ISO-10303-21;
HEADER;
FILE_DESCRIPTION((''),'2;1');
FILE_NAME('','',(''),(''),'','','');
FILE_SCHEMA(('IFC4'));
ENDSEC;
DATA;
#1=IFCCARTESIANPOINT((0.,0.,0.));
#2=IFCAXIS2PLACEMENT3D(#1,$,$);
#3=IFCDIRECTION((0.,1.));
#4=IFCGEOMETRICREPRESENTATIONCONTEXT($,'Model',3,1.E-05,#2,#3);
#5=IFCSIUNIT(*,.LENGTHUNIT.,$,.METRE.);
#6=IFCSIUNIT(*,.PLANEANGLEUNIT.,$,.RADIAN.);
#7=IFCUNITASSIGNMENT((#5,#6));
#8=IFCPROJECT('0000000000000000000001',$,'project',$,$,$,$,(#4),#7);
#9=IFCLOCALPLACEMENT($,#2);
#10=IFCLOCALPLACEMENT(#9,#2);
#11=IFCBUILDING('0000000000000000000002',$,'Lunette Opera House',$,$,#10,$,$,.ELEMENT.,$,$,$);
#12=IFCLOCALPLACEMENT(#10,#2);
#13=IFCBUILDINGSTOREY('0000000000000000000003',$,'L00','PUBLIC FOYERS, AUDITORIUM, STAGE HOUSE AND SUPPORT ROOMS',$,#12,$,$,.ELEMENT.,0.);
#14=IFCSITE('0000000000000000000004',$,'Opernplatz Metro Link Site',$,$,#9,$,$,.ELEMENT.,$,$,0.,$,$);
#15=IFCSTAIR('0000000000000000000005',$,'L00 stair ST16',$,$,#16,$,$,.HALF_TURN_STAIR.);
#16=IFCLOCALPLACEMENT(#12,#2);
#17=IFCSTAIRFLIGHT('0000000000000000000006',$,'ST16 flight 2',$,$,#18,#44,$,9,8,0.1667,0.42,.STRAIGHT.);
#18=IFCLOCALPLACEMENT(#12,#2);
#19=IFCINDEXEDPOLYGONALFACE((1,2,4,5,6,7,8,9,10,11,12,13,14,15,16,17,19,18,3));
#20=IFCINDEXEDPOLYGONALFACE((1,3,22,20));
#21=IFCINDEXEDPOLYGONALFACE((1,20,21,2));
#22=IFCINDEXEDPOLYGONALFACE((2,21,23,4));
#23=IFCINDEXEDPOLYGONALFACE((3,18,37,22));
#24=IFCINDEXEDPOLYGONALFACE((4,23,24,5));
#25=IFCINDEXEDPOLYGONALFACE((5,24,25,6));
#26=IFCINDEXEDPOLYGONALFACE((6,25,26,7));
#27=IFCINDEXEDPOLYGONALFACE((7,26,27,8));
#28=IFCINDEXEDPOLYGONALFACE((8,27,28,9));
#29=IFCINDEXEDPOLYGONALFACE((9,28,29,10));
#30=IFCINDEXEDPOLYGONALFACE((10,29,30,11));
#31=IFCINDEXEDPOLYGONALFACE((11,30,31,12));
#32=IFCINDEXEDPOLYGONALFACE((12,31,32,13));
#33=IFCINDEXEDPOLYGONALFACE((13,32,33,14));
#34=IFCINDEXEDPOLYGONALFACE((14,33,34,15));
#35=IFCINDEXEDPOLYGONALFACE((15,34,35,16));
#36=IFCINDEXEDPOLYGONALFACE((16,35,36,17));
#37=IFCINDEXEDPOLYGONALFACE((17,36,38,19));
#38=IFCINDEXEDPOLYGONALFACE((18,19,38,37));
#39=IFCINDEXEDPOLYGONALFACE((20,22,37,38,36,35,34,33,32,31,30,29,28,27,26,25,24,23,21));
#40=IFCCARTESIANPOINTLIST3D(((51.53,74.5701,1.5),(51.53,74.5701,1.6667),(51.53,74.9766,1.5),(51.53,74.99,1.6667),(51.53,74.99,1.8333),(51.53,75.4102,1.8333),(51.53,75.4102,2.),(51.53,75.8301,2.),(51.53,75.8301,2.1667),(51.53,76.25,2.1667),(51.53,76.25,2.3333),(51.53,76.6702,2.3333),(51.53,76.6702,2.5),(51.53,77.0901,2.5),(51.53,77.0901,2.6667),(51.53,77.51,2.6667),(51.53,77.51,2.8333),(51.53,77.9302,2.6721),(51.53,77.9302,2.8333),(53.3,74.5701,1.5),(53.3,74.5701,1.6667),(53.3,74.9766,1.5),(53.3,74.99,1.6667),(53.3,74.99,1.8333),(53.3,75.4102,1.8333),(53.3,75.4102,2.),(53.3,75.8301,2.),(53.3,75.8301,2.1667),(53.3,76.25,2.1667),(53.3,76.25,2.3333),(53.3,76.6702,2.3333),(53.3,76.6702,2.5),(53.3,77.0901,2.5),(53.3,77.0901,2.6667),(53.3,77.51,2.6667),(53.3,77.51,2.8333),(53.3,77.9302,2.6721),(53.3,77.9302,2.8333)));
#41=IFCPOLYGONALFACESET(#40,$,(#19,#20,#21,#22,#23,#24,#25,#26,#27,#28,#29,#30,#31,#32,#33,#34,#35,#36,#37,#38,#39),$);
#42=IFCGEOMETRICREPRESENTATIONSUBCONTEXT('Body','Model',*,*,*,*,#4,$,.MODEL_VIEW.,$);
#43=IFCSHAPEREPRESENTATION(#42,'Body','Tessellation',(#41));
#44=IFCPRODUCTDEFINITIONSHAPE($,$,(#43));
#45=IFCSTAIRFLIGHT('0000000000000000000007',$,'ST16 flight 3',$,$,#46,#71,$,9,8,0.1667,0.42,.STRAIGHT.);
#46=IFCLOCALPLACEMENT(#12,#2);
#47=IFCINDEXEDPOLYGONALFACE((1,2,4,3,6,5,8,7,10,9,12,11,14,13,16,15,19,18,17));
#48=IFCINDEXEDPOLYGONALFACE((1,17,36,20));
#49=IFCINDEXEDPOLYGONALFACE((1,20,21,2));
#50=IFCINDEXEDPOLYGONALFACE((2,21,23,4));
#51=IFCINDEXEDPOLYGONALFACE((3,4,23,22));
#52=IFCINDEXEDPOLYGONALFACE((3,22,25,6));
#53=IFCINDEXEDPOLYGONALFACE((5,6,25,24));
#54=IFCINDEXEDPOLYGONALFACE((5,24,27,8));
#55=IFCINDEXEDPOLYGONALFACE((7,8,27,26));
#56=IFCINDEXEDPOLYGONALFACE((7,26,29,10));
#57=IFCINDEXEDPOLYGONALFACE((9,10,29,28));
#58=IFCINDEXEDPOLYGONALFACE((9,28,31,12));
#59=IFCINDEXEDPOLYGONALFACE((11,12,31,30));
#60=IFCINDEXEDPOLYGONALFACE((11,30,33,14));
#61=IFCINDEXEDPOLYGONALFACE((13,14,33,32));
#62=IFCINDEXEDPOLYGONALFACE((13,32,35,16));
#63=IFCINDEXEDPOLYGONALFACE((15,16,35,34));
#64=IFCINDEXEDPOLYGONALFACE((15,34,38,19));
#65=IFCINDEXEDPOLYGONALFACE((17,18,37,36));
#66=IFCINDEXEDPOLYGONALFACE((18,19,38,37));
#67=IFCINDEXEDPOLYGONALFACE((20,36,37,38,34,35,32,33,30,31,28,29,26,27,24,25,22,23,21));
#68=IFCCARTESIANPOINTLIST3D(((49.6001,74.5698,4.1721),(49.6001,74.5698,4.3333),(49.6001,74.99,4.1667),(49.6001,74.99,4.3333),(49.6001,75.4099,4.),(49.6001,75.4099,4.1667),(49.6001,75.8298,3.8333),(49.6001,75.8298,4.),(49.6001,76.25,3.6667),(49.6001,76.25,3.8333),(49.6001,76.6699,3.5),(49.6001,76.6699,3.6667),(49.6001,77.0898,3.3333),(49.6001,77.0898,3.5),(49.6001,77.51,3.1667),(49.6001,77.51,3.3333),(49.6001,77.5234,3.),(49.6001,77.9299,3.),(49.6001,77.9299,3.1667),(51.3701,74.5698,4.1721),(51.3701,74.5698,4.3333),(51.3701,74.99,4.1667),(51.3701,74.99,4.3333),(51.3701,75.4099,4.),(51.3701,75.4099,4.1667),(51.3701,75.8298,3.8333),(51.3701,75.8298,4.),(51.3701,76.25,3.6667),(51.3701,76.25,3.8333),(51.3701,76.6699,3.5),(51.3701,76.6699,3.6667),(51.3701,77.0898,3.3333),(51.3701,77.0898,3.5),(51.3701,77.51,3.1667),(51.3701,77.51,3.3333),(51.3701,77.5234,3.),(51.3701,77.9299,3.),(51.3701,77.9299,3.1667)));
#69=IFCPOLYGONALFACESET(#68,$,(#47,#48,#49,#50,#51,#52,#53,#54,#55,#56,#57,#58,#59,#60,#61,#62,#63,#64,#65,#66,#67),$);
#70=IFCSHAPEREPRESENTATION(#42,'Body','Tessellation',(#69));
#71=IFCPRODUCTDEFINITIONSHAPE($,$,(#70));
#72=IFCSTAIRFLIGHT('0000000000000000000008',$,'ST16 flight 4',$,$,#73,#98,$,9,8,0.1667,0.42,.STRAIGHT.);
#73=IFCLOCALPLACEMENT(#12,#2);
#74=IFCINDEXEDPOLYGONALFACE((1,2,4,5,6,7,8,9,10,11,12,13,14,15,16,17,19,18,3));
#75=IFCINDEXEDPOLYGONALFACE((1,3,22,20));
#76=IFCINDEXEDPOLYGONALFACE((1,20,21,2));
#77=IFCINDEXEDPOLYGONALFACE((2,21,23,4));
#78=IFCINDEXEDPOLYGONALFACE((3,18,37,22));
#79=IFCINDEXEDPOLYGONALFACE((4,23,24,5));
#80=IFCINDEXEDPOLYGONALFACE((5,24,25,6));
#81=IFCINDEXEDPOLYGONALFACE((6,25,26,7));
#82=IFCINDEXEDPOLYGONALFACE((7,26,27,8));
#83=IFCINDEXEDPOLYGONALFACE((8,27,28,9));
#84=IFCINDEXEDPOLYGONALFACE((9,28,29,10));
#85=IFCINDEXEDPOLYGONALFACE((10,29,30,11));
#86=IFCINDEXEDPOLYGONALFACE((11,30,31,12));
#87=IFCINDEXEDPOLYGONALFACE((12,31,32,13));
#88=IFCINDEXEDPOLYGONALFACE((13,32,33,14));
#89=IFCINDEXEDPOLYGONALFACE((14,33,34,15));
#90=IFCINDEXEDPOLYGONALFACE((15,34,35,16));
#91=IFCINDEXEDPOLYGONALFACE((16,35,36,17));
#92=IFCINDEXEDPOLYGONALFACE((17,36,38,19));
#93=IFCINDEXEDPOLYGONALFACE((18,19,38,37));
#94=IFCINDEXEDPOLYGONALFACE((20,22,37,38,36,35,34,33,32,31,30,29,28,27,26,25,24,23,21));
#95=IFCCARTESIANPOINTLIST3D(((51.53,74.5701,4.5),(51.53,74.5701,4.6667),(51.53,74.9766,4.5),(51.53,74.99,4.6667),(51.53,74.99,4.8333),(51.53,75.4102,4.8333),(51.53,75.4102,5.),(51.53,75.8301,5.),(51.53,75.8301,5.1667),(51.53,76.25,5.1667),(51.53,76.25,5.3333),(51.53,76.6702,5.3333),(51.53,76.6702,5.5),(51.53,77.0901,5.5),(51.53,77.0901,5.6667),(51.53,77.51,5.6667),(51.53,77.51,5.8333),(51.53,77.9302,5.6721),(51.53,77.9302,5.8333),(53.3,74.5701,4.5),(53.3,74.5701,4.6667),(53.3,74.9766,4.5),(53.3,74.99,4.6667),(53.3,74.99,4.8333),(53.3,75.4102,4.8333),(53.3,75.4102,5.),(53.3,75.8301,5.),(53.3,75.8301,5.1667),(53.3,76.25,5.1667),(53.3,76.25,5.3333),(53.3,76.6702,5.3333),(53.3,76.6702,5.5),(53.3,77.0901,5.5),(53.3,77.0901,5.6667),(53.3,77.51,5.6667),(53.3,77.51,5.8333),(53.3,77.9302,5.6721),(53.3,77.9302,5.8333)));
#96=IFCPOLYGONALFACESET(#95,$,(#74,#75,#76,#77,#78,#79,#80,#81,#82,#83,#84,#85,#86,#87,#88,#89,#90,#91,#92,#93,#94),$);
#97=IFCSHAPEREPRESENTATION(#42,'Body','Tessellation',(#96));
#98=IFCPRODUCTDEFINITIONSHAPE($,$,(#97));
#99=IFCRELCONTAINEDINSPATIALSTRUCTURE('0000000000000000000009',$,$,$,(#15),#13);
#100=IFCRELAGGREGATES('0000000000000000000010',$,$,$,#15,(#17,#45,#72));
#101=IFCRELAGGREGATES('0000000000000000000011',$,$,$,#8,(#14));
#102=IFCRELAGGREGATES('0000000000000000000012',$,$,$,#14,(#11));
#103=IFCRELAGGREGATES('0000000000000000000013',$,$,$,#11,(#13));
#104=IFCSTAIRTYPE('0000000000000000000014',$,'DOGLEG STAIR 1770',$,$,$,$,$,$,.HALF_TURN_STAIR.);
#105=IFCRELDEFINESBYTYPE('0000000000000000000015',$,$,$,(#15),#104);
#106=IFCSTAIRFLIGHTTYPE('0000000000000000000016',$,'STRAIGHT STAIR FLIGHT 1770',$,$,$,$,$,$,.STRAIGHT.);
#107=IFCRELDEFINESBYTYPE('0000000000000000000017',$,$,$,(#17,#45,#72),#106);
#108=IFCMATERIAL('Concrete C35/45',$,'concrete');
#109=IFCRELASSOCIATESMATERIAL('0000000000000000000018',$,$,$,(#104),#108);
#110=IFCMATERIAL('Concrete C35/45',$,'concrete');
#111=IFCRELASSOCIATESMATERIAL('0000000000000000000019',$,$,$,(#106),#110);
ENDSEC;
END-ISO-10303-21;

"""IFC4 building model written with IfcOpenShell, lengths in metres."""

from ifc_helpers import new_model, si_unit, direction, frame, origin, place, context, subcontext, project, spatial, polyline, outline, extrude, material, type_object, element, aggregate, save


model = new_model("IFC4")

# Units and contexts
model_context = context("Model", 3, precision=1e-05, world=origin(), true_north=direction((0.0, 1.0)))
body_context = subcontext(model_context, "Body", "Model", "MODEL_VIEW")
ifc_project = project(units=[si_unit("LENGTHUNIT", "METRE"), si_unit("PLANEANGLEUNIT", "RADIAN")], contexts=[model_context])

# Site, building, storey
site_placement = place(None, origin())
site = spatial("IfcSite", under=ifc_project, at=site_placement, Name="Opernplatz Metro Link Site", CompositionType="ELEMENT", RefElevation=0.0)
building_placement = place(site_placement, origin())
building = spatial("IfcBuilding", under=site, at=building_placement, Name="Lunette Opera House", CompositionType="ELEMENT")
storey_placement = place(building_placement, origin())
storey = spatial("IfcBuildingStorey", under=building, at=storey_placement, Name="L00", Description="PUBLIC FOYERS, AUDITORIUM, STAGE HOUSE AND SUPPORT ROOMS", CompositionType="ELEMENT", Elevation=0.0)

# Stair, stair flights
ifc_material_1 = material(Name="Concrete C35/45", Category="concrete")
stair_type = type_object("IfcStairType", Name="DOGLEG STAIR 1770", PredefinedType="HALF_TURN_STAIR", material=ifc_material_1)
stair_placement = place(storey_placement, origin())
stair = element("IfcStair", 1, at=stair_placement, inside=storey, type_object=stair_type, Name="L00 stair ST16", PredefinedType="HALF_TURN_STAIR")
ifc_material_2 = material(Name="Concrete C35/45", Category="concrete")
stair_flight_type = type_object("IfcStairFlightType", Name="STRAIGHT STAIR FLIGHT 1770", PredefinedType="STRAIGHT", material=ifc_material_2)
stair_flight_1_placement = place(storey_placement, frame((52.415, 74.5701, 1.5), z_axis=(0.0, 0.0, 1.0), x_axis=(0.0, 1.0, 0.0)))
stair_flight_1 = element("IfcStairFlight", 2, at=stair_flight_1_placement, type_object=stair_flight_type, Name="ST16 flight 2", NumberOfRisers=9, NumberOfTreads=8, PredefinedType="STRAIGHT", RiserHeight=0.1667, TreadLength=0.42, context=body_context, shape_type="SweptSolid", body=[
    extrude(outline(polyline([(0.0, 0.0), (0.0, 0.1667), (0.4199, 0.1667), (0.4199, 0.3333), (0.8401, 0.3333), (0.8401, 0.5), (1.26, 0.5), (1.26, 0.6667), (1.6799, 0.6667), (1.6799, 0.8333), (2.1001, 0.8333), (2.1001, 1.0), (2.52, 1.0), (2.52, 1.1667), (2.9399, 1.1667), (2.9399, 1.3333), (3.3601, 1.3333), (3.3601, 1.5), (3.3601, 1.1721), (0.4065, 0.0), (0.0, 0.0)])), frame((0.0, 0.885, 0.0), z_axis=(0.0, -1.0, 0.0), x_axis=(1.0, 0.0, 0.0)), (0.0, 0.0, 1.0), 1.77),
])
stair_flight_2_placement = place(storey_placement, frame((50.4851, 77.9299, 3.0), z_axis=(0.0, 0.0, 1.0), x_axis=(0.0, -1.0, 0.0)))
stair_flight_2 = element("IfcStairFlight", 3, at=stair_flight_2_placement, type_object=stair_flight_type, Name="ST16 flight 3", NumberOfRisers=9, NumberOfTreads=8, PredefinedType="STRAIGHT", RiserHeight=0.1667, TreadLength=0.42, context=body_context, shape_type="SweptSolid", body=[
    extrude(outline(polyline([(0.0, 0.0), (0.0, 0.1667), (0.4199, 0.1667), (0.4199, 0.3333), (0.8401, 0.3333), (0.8401, 0.5), (1.26, 0.5), (1.26, 0.6667), (1.6799, 0.6667), (1.6799, 0.8333), (2.1001, 0.8333), (2.1001, 1.0), (2.52, 1.0), (2.52, 1.1667), (2.9399, 1.1667), (2.9399, 1.3333), (3.3601, 1.3333), (3.3601, 1.5), (3.3601, 1.1721), (0.4065, 0.0), (0.0, 0.0)])), frame((0.0, 0.885, 0.0), z_axis=(0.0, -1.0, 0.0), x_axis=(1.0, 0.0, 0.0)), (0.0, 0.0, 1.0), 1.77),
])
stair_flight_3_placement = place(storey_placement, frame((52.415, 74.5701, 4.5), z_axis=(0.0, 0.0, 1.0), x_axis=(0.0, 1.0, 0.0)))
stair_flight_3 = element("IfcStairFlight", 4, at=stair_flight_3_placement, type_object=stair_flight_type, Name="ST16 flight 4", NumberOfRisers=9, NumberOfTreads=8, PredefinedType="STRAIGHT", RiserHeight=0.1667, TreadLength=0.42, context=body_context, shape_type="SweptSolid", body=[
    extrude(outline(polyline([(0.0, 0.0), (0.0, 0.1667), (0.4199, 0.1667), (0.4199, 0.3333), (0.8401, 0.3333), (0.8401, 0.5), (1.26, 0.5), (1.26, 0.6667), (1.6799, 0.6667), (1.6799, 0.8333), (2.1001, 0.8333), (2.1001, 1.0), (2.52, 1.0), (2.52, 1.1667), (2.9399, 1.1667), (2.9399, 1.3333), (3.3601, 1.3333), (3.3601, 1.5), (3.3601, 1.1721), (0.4065, 0.0), (0.0, 0.0)])), frame((0.0, 0.885, 0.0), z_axis=(0.0, -1.0, 0.0), x_axis=(1.0, 0.0, 0.0)), (0.0, 0.0, 1.0), 1.77),
])
aggregate(stair, [stair_flight_1, stair_flight_2, stair_flight_3])

save(model, "model.ifc")
